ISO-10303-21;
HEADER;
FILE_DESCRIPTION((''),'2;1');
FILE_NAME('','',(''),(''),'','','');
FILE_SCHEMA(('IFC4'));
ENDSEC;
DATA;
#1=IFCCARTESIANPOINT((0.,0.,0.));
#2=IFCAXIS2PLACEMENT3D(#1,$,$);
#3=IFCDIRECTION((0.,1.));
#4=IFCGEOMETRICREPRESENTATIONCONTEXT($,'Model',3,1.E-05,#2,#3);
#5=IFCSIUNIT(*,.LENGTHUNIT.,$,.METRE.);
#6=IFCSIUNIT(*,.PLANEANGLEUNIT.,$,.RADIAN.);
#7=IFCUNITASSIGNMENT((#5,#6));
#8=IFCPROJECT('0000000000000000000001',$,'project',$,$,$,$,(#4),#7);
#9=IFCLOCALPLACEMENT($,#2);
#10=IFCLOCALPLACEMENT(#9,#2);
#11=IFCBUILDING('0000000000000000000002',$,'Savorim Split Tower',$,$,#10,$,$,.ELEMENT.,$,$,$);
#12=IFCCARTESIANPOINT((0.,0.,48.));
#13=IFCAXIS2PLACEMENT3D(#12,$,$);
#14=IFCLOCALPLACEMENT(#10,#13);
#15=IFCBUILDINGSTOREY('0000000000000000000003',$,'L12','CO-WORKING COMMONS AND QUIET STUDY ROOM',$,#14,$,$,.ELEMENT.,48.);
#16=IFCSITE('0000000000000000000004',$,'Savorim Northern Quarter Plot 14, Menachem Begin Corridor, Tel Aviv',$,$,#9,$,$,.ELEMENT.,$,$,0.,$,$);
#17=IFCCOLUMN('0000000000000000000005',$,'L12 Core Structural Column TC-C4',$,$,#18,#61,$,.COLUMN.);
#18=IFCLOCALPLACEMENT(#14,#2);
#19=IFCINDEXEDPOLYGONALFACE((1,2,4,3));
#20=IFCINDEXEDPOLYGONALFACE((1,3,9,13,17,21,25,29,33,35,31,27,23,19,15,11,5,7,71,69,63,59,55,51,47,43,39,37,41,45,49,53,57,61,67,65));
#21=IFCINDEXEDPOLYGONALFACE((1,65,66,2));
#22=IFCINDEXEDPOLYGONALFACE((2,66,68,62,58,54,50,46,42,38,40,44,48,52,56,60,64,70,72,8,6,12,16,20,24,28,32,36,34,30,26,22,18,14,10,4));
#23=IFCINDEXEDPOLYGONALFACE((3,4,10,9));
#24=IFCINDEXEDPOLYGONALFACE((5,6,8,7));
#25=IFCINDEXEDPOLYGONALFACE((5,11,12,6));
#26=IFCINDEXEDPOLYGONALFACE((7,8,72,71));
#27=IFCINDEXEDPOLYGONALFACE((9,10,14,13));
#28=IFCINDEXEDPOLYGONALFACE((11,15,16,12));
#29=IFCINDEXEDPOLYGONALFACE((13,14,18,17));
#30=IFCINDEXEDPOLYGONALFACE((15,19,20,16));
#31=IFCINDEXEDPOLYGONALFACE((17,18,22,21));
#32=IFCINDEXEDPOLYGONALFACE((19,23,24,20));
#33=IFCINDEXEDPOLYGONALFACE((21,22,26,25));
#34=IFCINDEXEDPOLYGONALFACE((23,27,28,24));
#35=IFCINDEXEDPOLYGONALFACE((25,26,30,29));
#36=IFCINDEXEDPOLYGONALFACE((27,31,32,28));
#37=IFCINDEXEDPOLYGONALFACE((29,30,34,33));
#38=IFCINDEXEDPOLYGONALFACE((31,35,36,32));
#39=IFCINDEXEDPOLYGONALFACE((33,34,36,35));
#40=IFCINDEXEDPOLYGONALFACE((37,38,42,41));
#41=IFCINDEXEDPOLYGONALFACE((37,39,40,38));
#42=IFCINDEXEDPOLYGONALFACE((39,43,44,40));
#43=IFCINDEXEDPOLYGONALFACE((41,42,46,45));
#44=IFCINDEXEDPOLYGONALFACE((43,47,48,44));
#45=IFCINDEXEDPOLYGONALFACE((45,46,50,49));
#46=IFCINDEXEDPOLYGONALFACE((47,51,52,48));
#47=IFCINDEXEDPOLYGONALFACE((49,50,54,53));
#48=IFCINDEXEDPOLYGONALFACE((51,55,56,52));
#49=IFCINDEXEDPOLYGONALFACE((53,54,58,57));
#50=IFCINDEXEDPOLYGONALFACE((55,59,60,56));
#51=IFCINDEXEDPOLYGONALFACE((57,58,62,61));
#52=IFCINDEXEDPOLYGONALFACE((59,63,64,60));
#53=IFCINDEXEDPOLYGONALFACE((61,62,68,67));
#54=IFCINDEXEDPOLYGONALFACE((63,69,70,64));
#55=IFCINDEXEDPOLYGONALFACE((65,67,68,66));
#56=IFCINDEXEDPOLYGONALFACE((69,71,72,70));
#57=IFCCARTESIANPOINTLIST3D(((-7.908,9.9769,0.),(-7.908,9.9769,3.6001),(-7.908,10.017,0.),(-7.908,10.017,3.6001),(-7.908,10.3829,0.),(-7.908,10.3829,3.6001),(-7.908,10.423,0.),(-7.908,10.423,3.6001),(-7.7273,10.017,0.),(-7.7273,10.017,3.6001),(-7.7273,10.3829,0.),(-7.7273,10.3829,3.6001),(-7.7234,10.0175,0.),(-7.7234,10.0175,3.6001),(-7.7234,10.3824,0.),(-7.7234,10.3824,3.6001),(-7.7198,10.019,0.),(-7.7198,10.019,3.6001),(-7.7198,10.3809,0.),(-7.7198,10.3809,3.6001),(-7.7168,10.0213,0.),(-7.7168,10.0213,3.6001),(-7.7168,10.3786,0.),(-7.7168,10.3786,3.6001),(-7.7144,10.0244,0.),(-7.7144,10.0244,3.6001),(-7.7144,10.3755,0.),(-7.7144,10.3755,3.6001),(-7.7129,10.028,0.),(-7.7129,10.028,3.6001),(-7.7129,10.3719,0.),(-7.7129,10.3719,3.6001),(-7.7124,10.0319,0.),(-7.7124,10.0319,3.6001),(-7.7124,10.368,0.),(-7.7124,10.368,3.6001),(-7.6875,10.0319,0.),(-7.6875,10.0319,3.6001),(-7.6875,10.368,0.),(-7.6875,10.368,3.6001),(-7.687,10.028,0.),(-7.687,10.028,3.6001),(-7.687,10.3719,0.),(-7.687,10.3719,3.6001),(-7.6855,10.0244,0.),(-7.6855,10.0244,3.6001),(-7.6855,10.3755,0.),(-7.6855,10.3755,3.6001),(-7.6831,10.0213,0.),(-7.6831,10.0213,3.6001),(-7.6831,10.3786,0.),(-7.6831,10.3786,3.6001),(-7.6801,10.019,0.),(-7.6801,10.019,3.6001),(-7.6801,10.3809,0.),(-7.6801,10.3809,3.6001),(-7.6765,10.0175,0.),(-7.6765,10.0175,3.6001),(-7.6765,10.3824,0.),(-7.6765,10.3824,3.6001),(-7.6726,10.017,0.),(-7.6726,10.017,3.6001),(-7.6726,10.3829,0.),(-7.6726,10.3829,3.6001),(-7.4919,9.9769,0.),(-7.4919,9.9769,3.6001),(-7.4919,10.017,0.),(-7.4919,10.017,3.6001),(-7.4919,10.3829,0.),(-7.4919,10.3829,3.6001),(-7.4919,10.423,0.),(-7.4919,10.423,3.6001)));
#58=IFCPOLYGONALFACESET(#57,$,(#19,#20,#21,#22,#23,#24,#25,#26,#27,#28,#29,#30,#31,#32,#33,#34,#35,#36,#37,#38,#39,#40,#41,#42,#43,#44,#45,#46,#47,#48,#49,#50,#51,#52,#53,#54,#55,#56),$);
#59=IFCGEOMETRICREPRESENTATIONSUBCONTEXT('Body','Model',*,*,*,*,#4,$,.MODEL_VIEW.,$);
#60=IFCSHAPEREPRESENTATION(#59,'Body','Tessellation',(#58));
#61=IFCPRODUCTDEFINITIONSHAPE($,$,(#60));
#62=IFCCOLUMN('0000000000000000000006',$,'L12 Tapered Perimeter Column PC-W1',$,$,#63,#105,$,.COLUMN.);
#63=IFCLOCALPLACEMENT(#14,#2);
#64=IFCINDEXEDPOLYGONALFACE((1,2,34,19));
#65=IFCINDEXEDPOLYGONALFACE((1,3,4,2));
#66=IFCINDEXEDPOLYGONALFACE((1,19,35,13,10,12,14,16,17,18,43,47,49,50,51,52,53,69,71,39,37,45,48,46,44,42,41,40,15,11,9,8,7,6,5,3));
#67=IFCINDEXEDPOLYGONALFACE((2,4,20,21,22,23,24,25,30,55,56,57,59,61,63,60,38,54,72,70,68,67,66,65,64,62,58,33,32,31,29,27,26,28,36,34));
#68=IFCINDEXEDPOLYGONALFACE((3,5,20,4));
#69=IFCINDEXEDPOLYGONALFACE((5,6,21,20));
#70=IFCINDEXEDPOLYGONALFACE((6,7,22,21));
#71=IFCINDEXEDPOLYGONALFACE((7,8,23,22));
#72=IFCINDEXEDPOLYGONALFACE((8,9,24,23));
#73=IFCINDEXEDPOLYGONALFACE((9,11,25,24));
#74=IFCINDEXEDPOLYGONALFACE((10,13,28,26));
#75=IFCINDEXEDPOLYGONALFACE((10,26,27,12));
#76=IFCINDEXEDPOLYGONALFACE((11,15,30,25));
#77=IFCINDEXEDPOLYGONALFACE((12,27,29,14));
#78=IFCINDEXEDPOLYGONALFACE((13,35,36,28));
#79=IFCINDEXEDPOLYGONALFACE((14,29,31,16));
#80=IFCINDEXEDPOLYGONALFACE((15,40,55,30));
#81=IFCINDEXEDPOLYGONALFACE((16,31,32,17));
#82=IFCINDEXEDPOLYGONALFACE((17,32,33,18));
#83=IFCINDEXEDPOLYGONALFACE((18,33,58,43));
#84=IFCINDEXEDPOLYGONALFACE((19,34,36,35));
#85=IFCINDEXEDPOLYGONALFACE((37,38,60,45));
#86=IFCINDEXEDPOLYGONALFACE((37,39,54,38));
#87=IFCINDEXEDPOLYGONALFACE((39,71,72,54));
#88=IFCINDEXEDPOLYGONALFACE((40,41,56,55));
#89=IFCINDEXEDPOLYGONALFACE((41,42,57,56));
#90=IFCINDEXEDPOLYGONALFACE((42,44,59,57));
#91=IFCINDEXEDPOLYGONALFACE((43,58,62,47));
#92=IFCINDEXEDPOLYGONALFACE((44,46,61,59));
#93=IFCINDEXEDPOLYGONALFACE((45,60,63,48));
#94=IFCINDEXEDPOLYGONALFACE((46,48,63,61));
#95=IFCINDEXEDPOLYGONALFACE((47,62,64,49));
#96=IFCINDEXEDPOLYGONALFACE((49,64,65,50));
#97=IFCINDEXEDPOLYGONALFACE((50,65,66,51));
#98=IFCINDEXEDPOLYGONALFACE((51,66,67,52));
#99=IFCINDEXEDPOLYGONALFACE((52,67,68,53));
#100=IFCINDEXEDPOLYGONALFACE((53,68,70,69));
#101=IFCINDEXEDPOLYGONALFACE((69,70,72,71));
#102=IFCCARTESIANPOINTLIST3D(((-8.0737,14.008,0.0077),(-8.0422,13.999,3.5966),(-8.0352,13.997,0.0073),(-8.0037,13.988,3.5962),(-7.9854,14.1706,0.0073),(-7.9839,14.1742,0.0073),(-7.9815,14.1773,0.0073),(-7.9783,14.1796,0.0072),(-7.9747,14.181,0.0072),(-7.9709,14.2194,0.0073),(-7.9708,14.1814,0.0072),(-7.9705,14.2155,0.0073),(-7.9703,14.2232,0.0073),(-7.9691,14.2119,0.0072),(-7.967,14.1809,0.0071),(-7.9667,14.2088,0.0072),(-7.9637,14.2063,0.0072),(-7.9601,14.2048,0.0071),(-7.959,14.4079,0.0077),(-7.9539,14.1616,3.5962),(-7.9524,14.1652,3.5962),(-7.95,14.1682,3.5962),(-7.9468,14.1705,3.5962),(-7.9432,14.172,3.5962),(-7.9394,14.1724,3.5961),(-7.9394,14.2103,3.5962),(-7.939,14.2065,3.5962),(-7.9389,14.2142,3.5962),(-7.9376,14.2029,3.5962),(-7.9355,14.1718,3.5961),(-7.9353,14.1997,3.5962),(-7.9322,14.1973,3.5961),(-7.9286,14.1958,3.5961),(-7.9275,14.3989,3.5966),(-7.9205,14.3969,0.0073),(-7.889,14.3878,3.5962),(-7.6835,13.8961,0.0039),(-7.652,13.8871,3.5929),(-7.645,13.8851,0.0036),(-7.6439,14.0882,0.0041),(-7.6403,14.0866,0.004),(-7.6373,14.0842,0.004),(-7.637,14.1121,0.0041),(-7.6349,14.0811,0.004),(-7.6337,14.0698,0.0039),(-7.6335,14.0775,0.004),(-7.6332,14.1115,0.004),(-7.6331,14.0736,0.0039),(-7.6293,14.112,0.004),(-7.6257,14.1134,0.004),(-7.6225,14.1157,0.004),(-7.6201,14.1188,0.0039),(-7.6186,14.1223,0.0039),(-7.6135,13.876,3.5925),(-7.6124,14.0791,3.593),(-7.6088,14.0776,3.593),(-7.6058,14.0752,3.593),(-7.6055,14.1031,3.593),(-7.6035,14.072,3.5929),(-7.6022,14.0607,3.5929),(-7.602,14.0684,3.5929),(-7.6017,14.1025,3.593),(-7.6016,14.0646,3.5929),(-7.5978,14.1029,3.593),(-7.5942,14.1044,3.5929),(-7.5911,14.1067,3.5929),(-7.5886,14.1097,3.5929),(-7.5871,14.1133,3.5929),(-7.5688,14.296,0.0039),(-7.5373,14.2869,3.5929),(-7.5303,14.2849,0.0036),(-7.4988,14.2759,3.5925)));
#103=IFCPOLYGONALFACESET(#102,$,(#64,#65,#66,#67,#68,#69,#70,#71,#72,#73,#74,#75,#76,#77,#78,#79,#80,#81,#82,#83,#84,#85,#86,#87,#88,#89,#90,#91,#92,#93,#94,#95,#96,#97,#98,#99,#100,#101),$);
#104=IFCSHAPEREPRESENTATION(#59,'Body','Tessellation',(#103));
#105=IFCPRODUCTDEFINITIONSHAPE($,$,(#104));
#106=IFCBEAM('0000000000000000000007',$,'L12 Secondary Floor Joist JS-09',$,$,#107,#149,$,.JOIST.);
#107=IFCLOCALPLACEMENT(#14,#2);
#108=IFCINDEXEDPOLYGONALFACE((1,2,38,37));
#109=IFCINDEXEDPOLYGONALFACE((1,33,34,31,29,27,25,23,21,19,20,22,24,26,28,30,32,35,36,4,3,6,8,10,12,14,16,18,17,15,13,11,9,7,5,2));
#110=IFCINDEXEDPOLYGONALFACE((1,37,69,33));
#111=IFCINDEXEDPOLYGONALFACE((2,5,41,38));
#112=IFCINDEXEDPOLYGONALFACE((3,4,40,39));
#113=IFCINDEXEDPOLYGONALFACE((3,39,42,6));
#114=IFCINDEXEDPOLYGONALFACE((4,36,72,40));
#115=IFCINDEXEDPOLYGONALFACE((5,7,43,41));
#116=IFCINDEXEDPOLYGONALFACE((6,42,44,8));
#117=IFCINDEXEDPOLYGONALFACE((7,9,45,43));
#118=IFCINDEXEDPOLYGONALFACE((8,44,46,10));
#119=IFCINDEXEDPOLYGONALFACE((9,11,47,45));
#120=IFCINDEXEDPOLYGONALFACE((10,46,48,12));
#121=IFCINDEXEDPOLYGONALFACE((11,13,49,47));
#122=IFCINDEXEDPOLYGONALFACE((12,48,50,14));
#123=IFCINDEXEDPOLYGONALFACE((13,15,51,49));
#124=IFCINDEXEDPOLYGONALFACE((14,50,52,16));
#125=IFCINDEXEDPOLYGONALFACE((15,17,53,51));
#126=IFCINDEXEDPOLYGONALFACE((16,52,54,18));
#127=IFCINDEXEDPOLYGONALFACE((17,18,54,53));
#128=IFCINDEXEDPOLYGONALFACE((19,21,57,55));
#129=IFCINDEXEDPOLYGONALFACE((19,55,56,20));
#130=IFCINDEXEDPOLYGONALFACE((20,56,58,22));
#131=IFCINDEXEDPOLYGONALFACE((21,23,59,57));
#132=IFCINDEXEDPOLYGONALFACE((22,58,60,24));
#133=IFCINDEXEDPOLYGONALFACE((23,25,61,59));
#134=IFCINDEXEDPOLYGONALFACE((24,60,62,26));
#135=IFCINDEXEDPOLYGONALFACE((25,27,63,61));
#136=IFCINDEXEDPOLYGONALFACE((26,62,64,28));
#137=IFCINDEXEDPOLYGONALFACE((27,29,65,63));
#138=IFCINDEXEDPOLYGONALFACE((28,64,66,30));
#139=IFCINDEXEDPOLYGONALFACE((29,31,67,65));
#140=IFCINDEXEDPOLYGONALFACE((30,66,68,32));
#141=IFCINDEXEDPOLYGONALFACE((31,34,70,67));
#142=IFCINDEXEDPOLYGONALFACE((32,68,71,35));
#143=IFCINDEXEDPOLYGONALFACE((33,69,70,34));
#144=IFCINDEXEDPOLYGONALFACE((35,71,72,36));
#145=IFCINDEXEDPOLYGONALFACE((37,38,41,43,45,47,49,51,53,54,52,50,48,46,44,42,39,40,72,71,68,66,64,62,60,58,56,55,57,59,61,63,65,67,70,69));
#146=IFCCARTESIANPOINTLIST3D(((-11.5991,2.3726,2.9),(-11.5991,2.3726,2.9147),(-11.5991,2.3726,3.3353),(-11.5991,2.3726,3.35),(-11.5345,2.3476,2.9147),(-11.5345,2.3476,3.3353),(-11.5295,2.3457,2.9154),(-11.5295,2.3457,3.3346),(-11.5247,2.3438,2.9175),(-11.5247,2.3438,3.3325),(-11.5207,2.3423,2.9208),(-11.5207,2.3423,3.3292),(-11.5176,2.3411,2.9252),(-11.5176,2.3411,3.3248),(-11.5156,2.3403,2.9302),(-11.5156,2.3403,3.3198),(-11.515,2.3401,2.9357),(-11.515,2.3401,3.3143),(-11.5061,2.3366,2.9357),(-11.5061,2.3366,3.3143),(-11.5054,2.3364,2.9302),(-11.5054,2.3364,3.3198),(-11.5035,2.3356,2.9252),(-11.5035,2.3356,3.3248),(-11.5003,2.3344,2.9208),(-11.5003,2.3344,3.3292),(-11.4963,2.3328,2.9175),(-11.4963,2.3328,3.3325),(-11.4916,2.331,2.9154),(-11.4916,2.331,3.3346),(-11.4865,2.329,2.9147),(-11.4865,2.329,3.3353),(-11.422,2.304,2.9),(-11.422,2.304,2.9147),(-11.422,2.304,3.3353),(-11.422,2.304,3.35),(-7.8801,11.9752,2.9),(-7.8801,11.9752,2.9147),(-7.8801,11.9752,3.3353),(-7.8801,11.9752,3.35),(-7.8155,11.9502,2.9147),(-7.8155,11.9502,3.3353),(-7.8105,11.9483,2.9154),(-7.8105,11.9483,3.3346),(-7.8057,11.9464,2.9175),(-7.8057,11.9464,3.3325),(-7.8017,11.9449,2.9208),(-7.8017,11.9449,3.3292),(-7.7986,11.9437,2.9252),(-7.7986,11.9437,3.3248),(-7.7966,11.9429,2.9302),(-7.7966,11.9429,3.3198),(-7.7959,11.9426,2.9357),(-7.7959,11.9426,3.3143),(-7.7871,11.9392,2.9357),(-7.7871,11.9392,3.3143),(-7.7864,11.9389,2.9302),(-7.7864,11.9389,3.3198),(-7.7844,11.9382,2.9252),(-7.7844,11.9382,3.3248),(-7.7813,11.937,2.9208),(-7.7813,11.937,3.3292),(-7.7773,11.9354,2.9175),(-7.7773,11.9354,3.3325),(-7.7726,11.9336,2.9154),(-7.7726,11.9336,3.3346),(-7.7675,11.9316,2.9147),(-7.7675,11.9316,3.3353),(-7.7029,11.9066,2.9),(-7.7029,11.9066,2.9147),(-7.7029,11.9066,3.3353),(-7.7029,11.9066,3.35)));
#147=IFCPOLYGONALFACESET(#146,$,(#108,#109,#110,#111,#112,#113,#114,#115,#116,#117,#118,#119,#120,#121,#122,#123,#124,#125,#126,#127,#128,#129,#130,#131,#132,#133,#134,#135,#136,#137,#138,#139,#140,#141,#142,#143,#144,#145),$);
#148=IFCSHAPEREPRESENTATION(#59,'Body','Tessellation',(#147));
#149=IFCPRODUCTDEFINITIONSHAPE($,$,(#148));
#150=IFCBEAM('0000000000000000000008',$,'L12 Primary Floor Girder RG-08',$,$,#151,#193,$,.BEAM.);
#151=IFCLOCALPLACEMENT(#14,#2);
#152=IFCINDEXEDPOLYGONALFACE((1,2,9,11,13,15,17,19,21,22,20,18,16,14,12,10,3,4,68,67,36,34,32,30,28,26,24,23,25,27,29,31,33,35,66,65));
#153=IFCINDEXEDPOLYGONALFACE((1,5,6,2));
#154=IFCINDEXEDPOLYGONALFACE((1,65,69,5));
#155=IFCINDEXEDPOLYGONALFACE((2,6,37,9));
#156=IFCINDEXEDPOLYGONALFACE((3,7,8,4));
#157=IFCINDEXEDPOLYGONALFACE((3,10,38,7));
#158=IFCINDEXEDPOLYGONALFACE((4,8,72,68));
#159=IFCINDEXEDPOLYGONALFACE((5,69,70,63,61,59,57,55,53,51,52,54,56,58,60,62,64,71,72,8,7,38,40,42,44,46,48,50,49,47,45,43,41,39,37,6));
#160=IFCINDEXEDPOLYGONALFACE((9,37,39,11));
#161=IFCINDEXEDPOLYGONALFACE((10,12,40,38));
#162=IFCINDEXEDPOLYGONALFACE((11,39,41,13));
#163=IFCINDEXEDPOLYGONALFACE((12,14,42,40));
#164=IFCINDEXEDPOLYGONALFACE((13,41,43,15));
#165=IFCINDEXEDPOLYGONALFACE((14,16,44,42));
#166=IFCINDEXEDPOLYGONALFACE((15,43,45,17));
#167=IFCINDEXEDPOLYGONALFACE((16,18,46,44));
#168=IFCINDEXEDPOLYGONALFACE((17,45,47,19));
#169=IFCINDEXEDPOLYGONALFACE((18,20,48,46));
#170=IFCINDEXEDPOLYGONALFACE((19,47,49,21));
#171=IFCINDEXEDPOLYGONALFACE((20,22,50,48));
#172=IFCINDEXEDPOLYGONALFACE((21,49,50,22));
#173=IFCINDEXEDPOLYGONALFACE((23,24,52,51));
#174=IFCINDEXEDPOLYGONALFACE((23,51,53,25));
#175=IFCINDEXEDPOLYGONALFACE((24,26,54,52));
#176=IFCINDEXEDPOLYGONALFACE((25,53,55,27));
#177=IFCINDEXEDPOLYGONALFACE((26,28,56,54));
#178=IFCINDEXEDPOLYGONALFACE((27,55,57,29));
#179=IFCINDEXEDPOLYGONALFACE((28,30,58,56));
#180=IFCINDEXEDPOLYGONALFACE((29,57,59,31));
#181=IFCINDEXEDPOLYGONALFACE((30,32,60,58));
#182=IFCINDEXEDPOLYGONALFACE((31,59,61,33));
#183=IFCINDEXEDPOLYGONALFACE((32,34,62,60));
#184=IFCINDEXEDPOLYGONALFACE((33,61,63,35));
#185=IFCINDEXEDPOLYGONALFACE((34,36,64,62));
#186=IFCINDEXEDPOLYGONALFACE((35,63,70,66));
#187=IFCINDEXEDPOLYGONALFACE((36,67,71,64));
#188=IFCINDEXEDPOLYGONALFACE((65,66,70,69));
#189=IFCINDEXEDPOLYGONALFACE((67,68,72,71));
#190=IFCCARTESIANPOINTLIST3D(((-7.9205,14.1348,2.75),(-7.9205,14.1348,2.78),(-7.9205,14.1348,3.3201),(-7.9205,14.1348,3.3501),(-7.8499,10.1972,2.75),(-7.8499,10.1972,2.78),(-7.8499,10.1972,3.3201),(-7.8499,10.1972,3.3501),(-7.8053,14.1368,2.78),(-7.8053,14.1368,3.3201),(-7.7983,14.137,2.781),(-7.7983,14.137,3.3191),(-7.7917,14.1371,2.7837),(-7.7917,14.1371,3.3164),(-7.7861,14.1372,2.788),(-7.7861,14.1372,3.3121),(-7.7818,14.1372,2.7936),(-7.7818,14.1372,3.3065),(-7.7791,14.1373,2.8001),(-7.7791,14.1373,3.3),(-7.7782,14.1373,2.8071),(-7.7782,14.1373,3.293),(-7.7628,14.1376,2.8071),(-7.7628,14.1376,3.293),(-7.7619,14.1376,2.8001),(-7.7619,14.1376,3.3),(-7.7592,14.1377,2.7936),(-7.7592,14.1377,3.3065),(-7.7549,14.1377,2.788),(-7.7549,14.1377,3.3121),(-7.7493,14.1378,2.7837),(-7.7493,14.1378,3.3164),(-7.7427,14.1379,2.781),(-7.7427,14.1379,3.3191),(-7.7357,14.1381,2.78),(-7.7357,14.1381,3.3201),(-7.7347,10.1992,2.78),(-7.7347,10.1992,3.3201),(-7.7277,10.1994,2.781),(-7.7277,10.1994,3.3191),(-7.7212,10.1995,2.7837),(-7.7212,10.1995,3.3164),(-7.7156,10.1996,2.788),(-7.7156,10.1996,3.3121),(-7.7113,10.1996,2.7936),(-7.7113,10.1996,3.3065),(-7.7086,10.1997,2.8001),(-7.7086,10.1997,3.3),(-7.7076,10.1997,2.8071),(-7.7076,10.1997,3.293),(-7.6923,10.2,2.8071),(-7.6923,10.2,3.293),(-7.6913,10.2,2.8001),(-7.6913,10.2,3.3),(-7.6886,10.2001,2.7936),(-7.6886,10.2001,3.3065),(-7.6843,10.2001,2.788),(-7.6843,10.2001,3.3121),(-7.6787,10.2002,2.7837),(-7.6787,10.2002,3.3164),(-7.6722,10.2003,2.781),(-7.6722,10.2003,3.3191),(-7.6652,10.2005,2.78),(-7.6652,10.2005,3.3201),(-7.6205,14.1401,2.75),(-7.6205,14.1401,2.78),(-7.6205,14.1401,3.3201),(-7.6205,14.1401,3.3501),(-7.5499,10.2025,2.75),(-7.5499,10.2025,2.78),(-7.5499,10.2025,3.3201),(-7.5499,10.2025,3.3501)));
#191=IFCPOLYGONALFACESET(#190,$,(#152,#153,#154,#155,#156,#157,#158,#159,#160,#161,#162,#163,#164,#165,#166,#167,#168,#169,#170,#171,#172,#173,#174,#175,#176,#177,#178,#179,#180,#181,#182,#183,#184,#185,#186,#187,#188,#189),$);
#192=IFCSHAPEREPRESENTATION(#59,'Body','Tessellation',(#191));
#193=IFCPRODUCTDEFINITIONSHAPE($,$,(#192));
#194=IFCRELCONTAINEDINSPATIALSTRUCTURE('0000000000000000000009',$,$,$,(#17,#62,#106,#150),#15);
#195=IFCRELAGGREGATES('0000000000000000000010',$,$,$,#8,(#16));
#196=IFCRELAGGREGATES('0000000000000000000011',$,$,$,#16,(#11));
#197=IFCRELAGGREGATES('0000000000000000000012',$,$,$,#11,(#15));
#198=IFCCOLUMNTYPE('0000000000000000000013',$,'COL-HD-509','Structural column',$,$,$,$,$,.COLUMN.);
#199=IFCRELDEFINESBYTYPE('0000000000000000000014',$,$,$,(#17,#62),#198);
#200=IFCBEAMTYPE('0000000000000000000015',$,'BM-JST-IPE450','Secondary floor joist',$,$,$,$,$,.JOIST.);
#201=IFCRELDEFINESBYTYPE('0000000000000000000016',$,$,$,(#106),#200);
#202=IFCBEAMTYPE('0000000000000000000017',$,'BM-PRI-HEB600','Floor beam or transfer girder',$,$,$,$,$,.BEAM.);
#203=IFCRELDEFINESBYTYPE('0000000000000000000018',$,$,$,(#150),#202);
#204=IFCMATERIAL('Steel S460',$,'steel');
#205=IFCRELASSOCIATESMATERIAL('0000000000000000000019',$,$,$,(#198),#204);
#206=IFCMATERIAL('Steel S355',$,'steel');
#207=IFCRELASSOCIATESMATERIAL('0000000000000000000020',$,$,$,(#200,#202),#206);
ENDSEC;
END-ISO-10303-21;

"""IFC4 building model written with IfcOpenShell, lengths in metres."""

from ifc_helpers import new_model, si_unit, direction, frame, origin, origin_2d, place, context, subcontext, project, spatial, i_section, extrude, material, material_profile, profile_set, type_object, element, save


model = new_model("IFC4")

# Units and contexts
model_context = context("Model", 3, precision=1e-05, world=origin(), true_north=direction((0.0, 1.0)))
body_context = subcontext(model_context, "Body", "Model", "MODEL_VIEW")
ifc_project = project(units=[si_unit("LENGTHUNIT", "METRE"), si_unit("PLANEANGLEUNIT", "RADIAN")], contexts=[model_context])

# Site, building, storey
site_placement = place(None, origin())
site = spatial("IfcSite", under=ifc_project, at=site_placement, Name="Savorim Northern Quarter Plot 14, Menachem Begin Corridor, Tel Aviv", CompositionType="ELEMENT", RefElevation=0.0)
building_placement = place(site_placement, origin())
building = spatial("IfcBuilding", under=site, at=building_placement, Name="Savorim Split Tower", CompositionType="ELEMENT")
storey_placement = place(building_placement, frame((0.0, 0.0, 48.0)))
storey = spatial("IfcBuildingStorey", under=building, at=storey_placement, Name="L12", Description="CO-WORKING COMMONS AND QUIET STUDY ROOM", CompositionType="ELEMENT", Elevation=48.0)

# Columns
ifc_material_1 = material(Name="Steel S460", Category="steel")
ifc_material_profile_1 = material_profile(ifc_material_1, i_section(OverallWidth=0.416, OverallDepth=0.446, WebThickness=0.0249, FlangeThickness=0.04, FilletRadius=0.0149, at=origin_2d()), Name="HD 400x509")
ifc_profile_set_1 = profile_set([ifc_material_profile_1], Name="Steel S460")
column_type = type_object("IfcColumnType", Name="COL-HD-509", Description="Structural column", PredefinedType="COLUMN", material=ifc_profile_set_1)
column_1_placement = place(storey_placement, frame((-7.7, 10.2, 0.0), z_axis=(0.0, 0.0, 1.0), x_axis=(1.0, 0.0, 0.0)))
element("IfcColumn", 1, at=column_1_placement, inside=storey, type_object=column_type, Name="L12 Core Structural Column TC-C4", PredefinedType="COLUMN", context=body_context, shape_type="SweptSolid", body=[
    extrude(i_section(OverallWidth=0.416, OverallDepth=0.446, WebThickness=0.0249, FlangeThickness=0.04, FilletRadius=0.0149, at=origin_2d()), origin(), (0.0, 0.0, 1.0), 3.6001),
])
column_2_placement = place(storey_placement, frame((-7.802, 14.1465, 0.0056), z_axis=(0.008775, -0.002517, 0.999958), x_axis=(0.275705, 0.961242, 0.0)))
element("IfcColumn", 2, at=column_2_placement, inside=storey, type_object=column_type, Name="L12 Tapered Perimeter Column PC-W1", PredefinedType="COLUMN", context=body_context, shape_type="SweptSolid", body=[
    extrude(i_section(OverallWidth=0.416, OverallDepth=0.446, WebThickness=0.0249, FlangeThickness=0.04, FilletRadius=0.0149, at=origin_2d()), origin(), (0.0, 0.0, 1.0), 3.5891),
])

# Beams
ifc_material_2 = material(Name="Steel S355", Category="steel")
ifc_material_profile_2 = material_profile(ifc_material_2, i_section(OverallWidth=0.1899, OverallDepth=0.45, WebThickness=0.0095, FlangeThickness=0.0146, FilletRadius=0.021, at=origin_2d()), Name="IPE 450")
ifc_profile_set_2 = profile_set([ifc_material_profile_2], Name="Steel S355")
beam_type_1 = type_object("IfcBeamType", Name="BM-JST-IPE450", Description="Secondary floor joist", PredefinedType="JOIST", material=ifc_profile_set_2)
beam_1_placement = place(storey_placement, frame((-7.7915, 11.9409, 3.125), z_axis=(-0.361153, -0.932507, 0.0), x_axis=(0.932507, -0.361153, 0.0)))
element("IfcBeam", 3, at=beam_1_placement, inside=storey, type_object=beam_type_1, Name="L12 Secondary Floor Joist JS-09", PredefinedType="JOIST", context=body_context, shape_type="SweptSolid", body=[
    extrude(i_section(OverallWidth=0.1899, OverallDepth=0.45, WebThickness=0.0095, FlangeThickness=0.0146, FilletRadius=0.021, at=origin_2d()), origin(), (0.0, 0.0, 1.0), 10.2976),
])
ifc_material_profile_3 = material_profile(ifc_material_2, i_section(OverallWidth=0.3, OverallDepth=0.6001, WebThickness=0.0154, FlangeThickness=0.03, FilletRadius=0.0271, at=origin_2d()), Name="HEB 600")
ifc_profile_set_3 = profile_set([ifc_material_profile_3], Name="Steel S355")
beam_type_2 = type_object("IfcBeamType", Name="BM-PRI-HEB600", Description="Floor beam or transfer girder", PredefinedType="BEAM", material=ifc_profile_set_3)
beam_2_placement = place(storey_placement, frame((-7.7705, 14.1375, 3.05), z_axis=(0.017916, -0.999839, 0.0), x_axis=(0.999839, 0.017916, 0.0)))
element("IfcBeam", 4, at=beam_2_placement, inside=storey, type_object=beam_type_2, Name="L12 Primary Floor Girder RG-08", PredefinedType="BEAM", context=body_context, shape_type="SweptSolid", body=[
    extrude(i_section(OverallWidth=0.3, OverallDepth=0.6001, WebThickness=0.0154, FlangeThickness=0.03, FilletRadius=0.0271, at=origin_2d()), origin(), (0.0, 0.0, 1.0), 3.9382),
])

save(model, "model.ifc")
